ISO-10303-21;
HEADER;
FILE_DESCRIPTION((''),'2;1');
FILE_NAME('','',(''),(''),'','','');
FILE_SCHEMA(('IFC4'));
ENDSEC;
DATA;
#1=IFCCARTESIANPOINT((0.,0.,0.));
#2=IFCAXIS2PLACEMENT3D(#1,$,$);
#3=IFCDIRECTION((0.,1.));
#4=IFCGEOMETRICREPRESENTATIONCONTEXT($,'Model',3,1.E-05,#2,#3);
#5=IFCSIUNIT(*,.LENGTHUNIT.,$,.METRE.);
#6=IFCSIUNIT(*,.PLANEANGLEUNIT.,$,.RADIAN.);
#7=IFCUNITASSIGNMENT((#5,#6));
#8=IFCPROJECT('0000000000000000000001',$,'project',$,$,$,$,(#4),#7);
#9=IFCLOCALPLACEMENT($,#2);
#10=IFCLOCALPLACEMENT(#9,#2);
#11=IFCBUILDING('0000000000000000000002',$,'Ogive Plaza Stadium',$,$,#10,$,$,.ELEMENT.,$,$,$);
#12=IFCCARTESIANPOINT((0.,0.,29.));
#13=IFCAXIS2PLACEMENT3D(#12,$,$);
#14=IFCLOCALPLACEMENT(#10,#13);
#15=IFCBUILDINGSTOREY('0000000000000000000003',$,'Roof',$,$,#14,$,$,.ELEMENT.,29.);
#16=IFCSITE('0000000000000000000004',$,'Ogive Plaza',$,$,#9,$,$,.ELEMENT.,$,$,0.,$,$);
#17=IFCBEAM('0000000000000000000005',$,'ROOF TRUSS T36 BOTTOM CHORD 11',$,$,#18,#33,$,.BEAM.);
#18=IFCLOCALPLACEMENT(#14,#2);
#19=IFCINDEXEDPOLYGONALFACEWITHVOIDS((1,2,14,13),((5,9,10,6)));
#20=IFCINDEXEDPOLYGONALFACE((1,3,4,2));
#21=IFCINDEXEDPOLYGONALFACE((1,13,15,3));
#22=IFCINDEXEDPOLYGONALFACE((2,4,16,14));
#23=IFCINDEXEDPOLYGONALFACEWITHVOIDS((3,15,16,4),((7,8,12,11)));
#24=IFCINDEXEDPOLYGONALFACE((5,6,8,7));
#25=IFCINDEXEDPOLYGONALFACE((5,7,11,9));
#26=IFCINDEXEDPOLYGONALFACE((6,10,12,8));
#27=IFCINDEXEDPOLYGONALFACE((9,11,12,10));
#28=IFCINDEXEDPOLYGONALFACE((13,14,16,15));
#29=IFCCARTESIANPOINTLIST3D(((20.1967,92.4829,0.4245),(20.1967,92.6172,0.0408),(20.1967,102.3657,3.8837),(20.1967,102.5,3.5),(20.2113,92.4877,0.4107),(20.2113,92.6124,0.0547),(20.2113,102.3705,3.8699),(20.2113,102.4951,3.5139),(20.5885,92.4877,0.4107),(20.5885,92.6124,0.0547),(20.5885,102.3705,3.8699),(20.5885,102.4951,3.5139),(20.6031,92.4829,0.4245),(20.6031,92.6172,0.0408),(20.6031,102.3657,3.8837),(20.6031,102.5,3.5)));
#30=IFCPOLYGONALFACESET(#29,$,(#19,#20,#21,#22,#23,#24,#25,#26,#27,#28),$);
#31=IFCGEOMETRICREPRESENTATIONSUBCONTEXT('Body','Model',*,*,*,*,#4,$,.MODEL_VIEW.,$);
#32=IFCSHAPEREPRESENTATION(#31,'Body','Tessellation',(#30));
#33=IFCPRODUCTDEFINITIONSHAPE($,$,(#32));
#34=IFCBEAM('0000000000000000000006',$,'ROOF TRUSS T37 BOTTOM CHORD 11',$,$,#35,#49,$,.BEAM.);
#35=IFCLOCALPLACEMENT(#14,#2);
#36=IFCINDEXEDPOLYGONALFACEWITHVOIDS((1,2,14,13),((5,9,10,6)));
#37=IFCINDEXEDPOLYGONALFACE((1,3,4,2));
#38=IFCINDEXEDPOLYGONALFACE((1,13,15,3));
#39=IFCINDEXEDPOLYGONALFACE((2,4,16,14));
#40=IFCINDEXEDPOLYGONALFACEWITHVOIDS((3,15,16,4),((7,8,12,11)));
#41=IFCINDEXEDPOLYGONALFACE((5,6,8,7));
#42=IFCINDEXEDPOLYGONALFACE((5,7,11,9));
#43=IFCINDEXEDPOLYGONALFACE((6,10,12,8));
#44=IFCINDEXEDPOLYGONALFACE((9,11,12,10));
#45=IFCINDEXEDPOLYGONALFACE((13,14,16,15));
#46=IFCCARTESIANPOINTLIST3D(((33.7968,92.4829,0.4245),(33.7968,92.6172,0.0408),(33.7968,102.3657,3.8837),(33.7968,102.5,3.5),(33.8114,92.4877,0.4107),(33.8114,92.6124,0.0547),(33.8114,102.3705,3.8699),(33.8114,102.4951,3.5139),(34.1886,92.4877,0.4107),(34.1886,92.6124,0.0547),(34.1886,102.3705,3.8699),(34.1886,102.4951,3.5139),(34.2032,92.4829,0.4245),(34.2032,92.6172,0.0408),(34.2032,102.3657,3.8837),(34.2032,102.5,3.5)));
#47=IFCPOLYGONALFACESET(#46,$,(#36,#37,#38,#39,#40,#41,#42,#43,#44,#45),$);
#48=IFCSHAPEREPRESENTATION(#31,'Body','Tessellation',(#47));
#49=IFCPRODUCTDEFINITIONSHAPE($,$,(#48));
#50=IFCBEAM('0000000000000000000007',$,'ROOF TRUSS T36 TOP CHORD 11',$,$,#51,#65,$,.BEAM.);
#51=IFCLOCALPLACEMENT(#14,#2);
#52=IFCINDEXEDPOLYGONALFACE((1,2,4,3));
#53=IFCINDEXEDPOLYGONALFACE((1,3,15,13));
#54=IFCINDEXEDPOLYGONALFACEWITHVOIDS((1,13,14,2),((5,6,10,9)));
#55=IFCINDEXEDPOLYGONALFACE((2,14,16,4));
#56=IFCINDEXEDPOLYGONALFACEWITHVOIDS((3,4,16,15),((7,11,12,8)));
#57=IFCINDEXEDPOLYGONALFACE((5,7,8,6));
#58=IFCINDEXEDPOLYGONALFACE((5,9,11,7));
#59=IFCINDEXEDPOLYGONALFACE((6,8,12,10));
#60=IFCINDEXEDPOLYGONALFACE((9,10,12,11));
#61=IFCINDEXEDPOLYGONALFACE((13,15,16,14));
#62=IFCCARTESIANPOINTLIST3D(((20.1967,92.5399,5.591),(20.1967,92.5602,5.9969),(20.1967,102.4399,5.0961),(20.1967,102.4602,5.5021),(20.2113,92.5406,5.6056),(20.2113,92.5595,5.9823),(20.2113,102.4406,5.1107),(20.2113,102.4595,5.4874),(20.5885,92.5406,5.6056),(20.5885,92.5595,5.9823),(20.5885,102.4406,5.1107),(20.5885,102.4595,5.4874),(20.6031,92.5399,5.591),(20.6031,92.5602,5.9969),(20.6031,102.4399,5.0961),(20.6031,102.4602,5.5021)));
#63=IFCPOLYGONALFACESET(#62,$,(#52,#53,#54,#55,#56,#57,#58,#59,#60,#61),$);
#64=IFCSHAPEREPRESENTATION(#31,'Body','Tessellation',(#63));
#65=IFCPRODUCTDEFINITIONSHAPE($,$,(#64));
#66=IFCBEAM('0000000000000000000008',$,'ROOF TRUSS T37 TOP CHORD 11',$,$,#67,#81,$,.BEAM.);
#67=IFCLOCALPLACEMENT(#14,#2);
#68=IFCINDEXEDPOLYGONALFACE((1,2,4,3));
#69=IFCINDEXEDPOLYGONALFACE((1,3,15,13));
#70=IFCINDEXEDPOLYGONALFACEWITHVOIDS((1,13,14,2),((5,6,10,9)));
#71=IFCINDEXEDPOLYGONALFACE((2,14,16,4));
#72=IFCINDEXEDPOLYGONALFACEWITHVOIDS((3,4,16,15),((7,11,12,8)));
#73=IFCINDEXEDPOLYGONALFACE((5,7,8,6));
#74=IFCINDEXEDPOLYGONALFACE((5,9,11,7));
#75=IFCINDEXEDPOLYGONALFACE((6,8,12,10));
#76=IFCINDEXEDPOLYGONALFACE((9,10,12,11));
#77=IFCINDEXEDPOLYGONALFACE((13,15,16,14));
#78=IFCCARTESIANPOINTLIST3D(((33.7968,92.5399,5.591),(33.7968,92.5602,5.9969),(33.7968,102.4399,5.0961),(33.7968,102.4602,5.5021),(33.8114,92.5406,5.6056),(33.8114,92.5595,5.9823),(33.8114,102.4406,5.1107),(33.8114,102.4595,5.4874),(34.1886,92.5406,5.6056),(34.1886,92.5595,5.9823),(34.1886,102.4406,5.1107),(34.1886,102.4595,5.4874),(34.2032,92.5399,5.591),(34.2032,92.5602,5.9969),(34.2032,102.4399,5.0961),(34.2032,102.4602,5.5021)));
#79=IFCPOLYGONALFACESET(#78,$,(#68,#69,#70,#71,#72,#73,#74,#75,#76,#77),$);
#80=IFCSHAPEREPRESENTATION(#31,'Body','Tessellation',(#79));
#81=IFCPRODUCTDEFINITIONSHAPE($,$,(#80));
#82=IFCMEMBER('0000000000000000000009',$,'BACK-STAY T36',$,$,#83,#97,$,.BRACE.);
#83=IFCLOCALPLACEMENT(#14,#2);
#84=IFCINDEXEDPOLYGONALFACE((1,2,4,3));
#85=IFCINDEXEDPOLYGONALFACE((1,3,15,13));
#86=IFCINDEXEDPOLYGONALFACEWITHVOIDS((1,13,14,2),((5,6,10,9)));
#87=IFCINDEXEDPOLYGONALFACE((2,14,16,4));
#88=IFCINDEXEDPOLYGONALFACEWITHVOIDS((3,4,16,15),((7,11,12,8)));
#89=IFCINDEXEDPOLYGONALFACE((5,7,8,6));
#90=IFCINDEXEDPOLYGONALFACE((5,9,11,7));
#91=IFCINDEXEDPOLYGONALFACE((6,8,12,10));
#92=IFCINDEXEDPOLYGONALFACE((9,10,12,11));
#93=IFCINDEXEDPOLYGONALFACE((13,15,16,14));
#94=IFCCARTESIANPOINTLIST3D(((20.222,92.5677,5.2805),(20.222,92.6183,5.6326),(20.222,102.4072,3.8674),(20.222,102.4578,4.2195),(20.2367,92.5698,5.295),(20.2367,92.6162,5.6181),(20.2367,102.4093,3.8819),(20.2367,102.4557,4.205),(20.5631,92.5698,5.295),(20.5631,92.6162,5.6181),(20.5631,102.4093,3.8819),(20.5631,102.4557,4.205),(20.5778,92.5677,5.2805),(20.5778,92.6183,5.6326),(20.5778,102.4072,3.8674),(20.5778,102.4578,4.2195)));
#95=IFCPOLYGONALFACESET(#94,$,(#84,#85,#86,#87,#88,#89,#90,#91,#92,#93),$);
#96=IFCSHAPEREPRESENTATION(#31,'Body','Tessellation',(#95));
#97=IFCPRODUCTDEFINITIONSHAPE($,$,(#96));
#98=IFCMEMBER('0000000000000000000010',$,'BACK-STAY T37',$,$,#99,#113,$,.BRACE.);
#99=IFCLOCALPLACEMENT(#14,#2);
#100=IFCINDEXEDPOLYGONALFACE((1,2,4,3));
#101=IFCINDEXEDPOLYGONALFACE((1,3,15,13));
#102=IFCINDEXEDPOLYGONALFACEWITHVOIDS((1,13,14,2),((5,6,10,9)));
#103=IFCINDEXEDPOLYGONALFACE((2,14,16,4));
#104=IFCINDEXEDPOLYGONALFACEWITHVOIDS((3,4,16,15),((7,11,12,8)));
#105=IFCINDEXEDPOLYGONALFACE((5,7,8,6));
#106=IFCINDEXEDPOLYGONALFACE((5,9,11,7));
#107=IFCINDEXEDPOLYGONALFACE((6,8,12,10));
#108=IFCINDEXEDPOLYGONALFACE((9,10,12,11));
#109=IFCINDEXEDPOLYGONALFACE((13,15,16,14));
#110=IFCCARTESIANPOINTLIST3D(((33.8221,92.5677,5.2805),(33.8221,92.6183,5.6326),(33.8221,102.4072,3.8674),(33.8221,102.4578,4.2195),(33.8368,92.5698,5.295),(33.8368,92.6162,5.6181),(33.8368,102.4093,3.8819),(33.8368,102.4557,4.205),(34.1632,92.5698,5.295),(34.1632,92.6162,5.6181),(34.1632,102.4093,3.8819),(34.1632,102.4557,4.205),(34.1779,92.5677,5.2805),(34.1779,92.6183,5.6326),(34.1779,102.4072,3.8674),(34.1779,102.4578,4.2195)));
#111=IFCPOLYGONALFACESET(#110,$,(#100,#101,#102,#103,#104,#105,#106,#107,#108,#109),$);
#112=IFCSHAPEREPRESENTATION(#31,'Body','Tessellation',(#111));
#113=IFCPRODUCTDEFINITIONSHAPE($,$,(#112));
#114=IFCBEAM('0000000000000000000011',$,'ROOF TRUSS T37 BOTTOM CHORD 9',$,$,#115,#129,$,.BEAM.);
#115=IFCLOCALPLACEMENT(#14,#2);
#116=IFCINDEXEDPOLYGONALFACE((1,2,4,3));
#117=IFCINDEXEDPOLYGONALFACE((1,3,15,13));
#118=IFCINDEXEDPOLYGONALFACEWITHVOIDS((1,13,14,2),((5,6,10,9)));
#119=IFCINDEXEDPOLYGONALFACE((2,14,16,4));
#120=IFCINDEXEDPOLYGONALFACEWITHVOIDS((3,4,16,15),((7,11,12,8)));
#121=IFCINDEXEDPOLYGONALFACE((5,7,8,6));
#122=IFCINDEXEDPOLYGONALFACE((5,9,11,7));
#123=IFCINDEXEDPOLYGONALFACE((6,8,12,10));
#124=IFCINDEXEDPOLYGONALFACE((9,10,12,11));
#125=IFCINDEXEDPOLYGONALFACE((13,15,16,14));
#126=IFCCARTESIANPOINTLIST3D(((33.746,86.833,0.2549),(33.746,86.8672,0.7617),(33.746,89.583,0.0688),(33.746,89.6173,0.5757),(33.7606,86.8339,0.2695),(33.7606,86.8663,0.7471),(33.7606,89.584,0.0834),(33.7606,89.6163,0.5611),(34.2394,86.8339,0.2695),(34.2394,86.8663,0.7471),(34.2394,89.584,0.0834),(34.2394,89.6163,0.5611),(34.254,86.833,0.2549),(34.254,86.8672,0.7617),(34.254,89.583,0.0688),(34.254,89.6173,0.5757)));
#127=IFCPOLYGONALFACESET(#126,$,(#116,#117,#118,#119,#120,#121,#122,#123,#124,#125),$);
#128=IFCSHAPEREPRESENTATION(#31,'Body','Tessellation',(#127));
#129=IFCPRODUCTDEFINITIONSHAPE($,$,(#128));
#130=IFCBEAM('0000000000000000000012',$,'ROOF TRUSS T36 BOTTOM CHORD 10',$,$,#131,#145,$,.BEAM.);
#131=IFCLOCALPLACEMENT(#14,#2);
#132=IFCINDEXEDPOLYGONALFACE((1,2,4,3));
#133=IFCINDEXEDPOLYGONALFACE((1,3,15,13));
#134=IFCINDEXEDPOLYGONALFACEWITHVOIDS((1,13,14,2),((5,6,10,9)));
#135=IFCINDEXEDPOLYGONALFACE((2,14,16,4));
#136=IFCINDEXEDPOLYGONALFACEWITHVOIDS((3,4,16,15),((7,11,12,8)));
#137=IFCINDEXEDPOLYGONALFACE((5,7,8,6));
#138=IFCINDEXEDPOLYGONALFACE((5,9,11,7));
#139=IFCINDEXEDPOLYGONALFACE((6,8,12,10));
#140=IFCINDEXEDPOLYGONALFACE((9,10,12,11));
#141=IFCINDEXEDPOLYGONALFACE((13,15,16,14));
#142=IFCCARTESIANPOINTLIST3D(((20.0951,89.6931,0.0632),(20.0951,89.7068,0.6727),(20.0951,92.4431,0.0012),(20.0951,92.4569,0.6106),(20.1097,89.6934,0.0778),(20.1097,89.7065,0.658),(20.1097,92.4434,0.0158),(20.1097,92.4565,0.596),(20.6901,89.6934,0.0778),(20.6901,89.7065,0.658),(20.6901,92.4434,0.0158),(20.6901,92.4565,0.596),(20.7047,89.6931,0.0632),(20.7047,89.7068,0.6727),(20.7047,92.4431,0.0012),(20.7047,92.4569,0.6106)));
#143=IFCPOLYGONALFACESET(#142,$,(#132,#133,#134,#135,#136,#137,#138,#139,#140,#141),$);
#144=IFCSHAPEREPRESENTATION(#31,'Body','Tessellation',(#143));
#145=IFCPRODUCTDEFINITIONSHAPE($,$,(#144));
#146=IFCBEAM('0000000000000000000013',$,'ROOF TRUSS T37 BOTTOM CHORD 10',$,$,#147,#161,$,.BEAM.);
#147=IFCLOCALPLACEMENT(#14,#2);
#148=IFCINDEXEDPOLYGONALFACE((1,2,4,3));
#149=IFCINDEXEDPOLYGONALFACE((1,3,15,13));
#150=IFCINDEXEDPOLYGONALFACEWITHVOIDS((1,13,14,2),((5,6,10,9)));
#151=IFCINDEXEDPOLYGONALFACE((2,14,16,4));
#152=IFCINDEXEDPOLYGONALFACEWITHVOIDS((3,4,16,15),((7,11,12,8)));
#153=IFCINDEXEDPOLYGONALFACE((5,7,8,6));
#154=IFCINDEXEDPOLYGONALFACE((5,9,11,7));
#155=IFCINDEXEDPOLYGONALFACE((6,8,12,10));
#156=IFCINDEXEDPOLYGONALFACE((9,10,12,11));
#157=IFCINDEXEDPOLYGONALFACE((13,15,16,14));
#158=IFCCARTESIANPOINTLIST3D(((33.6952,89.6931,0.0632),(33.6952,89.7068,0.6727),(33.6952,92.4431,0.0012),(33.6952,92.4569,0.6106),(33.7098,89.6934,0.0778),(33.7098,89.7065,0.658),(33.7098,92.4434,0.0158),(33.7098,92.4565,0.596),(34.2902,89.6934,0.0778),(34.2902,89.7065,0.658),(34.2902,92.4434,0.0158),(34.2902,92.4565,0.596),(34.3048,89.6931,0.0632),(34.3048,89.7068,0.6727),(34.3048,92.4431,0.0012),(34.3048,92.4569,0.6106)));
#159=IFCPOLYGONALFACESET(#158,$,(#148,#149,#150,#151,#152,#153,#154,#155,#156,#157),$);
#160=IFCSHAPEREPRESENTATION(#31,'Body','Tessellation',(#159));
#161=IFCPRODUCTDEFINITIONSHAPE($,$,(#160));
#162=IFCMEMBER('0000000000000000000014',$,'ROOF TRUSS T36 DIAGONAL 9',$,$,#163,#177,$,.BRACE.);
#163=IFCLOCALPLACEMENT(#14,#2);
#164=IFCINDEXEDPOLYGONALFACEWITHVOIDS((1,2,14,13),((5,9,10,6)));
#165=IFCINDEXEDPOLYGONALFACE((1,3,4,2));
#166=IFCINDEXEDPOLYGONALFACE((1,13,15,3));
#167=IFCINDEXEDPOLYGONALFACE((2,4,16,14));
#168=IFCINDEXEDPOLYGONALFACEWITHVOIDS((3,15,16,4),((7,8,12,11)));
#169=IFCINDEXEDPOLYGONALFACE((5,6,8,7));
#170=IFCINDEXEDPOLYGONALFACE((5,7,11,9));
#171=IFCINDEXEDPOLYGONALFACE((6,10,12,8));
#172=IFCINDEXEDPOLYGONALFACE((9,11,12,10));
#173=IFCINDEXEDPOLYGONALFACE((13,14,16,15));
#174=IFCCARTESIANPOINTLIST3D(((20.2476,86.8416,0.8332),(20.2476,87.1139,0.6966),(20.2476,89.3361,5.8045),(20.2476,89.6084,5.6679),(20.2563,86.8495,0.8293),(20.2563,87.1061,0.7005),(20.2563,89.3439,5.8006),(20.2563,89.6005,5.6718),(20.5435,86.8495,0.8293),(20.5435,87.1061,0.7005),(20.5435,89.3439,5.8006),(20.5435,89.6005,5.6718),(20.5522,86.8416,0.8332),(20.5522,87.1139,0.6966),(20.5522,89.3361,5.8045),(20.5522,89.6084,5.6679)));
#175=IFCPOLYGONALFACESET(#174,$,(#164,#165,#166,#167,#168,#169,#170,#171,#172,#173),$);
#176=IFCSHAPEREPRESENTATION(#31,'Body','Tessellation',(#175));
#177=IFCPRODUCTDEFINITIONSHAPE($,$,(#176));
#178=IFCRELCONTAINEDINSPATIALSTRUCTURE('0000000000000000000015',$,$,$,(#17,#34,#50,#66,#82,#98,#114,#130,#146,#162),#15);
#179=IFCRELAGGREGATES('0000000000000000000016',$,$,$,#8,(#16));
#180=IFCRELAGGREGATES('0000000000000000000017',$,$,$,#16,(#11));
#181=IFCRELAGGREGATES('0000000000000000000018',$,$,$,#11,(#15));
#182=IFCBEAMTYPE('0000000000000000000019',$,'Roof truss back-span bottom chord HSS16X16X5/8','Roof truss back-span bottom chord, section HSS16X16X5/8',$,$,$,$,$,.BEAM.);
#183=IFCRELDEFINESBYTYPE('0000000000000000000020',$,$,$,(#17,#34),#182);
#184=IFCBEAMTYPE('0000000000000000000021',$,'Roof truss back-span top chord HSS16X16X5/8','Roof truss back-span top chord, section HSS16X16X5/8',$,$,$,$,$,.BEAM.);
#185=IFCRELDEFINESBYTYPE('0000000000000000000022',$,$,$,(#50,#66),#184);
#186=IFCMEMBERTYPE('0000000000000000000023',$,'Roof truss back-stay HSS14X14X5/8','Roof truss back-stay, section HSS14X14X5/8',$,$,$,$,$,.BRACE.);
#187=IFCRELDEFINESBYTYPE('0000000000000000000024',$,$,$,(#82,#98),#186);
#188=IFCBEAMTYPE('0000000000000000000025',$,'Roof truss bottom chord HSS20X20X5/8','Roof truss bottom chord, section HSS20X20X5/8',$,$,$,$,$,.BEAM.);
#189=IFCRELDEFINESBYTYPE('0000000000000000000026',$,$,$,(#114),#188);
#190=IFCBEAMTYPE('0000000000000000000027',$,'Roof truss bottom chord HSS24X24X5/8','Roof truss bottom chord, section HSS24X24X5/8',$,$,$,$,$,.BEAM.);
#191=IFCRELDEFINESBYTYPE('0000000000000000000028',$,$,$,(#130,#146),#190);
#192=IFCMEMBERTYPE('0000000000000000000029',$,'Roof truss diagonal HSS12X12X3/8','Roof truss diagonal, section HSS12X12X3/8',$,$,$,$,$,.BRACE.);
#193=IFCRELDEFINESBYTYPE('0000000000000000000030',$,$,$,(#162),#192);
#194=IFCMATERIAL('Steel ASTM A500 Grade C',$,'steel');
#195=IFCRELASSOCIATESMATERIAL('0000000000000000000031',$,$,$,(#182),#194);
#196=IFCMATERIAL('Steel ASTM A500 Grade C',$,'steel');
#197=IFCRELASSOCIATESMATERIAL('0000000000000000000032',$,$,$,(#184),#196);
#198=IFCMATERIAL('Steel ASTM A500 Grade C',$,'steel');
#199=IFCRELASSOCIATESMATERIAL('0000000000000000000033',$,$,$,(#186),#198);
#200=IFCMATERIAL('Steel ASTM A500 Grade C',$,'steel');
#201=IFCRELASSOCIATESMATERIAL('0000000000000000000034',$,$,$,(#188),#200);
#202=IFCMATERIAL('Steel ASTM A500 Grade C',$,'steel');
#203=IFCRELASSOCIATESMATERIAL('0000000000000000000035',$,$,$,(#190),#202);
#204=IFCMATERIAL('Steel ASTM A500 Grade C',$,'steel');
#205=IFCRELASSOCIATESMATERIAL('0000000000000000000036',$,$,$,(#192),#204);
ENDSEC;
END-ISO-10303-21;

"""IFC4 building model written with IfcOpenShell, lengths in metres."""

from ifc_helpers import new_model, si_unit, direction, frame, origin, origin_2d, place, context, subcontext, project, spatial, hollow_rectangle, extrude, material, material_profile, profile_set, type_object, element, save


model = new_model("IFC4")

# Units and contexts
model_context = context("Model", 3, precision=1e-05, world=origin(), true_north=direction((0.0, 1.0)))
body_context = subcontext(model_context, "Body", "Model", "MODEL_VIEW")
ifc_project = project(units=[si_unit("LENGTHUNIT", "METRE"), si_unit("PLANEANGLEUNIT", "RADIAN")], contexts=[model_context])

# Site, building, storey
site_placement = place(None, origin())
site = spatial("IfcSite", under=ifc_project, at=site_placement, Name="Ogive Plaza", CompositionType="ELEMENT", RefElevation=0.0)
building_placement = place(site_placement, origin())
building = spatial("IfcBuilding", under=site, at=building_placement, Name="Ogive Plaza Stadium", CompositionType="ELEMENT")
storey_placement = place(building_placement, frame((0.0, 0.0, 29.0)))
storey = spatial("IfcBuildingStorey", under=building, at=storey_placement, Name="Roof", CompositionType="ELEMENT", Elevation=29.0)

# Beams
ifc_material_1 = material(Name="Steel ASTM A500 Grade C", Category="steel")
ifc_material_profile_1 = material_profile(ifc_material_1, hollow_rectangle(XDim=0.4065, YDim=0.4065, WallThickness=0.0146, at=origin_2d()), Name="HSS16X16X5/8")
ifc_profile_set_1 = profile_set([ifc_material_profile_1], Name="Steel ASTM A500 Grade C")
beam_type_1 = type_object("IfcBeamType", Name="Roof truss back-span bottom chord HSS16X16X5/8", Description="Roof truss back-span bottom chord, section HSS16X16X5/8", PredefinedType="BEAM", material=ifc_profile_set_1)
for number, where, z_axis, x_axis, name in (
    (1, (20.3999, 92.55, 0.2327), (0.0, 0.943851, 0.330371), (-1.0, 0.0, 0.0), "ROOF TRUSS T36 BOTTOM CHORD 11"),
    (2, (34.0, 92.55, 0.2327), (0.0, 0.943851, 0.330371), (-1.0, 0.0, 0.0), "ROOF TRUSS T37 BOTTOM CHORD 11"),
):
    element("IfcBeam", number, at=place(storey_placement, frame(where, z_axis=z_axis, x_axis=x_axis)), inside=storey, type_object=beam_type_1, Name=name, PredefinedType="BEAM", context=body_context, shape_type="SweptSolid", body=[
        extrude(hollow_rectangle(XDim=0.4065, YDim=0.4065, WallThickness=0.0146, at=origin_2d()), origin(), (0.0, 0.0, 1.0), 10.4707),
    ])
ifc_material_2 = material(Name="Steel ASTM A500 Grade C", Category="steel")
ifc_material_profile_2 = material_profile(ifc_material_2, hollow_rectangle(XDim=0.4065, YDim=0.4065, WallThickness=0.0146, at=origin_2d()), Name="HSS16X16X5/8")
ifc_profile_set_2 = profile_set([ifc_material_profile_2], Name="Steel ASTM A500 Grade C")
beam_type_2 = type_object("IfcBeamType", Name="Roof truss back-span top chord HSS16X16X5/8", Description="Roof truss back-span top chord, section HSS16X16X5/8", PredefinedType="BEAM", material=ifc_profile_set_2)
for number, where, z_axis, x_axis, name in (
    (3, (20.3999, 92.55, 5.7939), (0.0, 0.998753, -0.049925), (-1.0, 0.0, 0.0), "ROOF TRUSS T36 TOP CHORD 11"),
    (4, (34.0, 92.55, 5.7939), (0.0, 0.998753, -0.049925), (-1.0, 0.0, 0.0), "ROOF TRUSS T37 TOP CHORD 11"),
):
    element("IfcBeam", number, at=place(storey_placement, frame(where, z_axis=z_axis, x_axis=x_axis)), inside=storey, type_object=beam_type_2, Name=name, PredefinedType="BEAM", context=body_context, shape_type="SweptSolid", body=[
        extrude(hollow_rectangle(XDim=0.4065, YDim=0.4065, WallThickness=0.0146, at=origin_2d()), origin(), (0.0, 0.0, 1.0), 9.9124),
    ])

# Members
ifc_material_3 = material(Name="Steel ASTM A500 Grade C", Category="steel")
ifc_material_profile_3 = material_profile(ifc_material_3, hollow_rectangle(XDim=0.3557, YDim=0.3557, WallThickness=0.0146, at=origin_2d()), Name="HSS14X14X5/8")
ifc_profile_set_3 = profile_set([ifc_material_profile_3], Name="Steel ASTM A500 Grade C")
member_type_1 = type_object("IfcMemberType", Name="Roof truss back-stay HSS14X14X5/8", Description="Roof truss back-stay, section HSS14X14X5/8", PredefinedType="BRACE", material=ifc_profile_set_3)
for number, where, z_axis, x_axis, name in (
    (5, (20.3999, 92.593, 5.4565), (0.0, 0.989844, -0.142157), (-1.0, 0.0, 0.0), "BACK-STAY T36"),
    (6, (34.0, 92.593, 5.4565), (0.0, 0.989844, -0.142157), (-1.0, 0.0, 0.0), "BACK-STAY T37"),
):
    element("IfcMember", number, at=place(storey_placement, frame(where, z_axis=z_axis, x_axis=x_axis)), inside=storey, type_object=member_type_1, Name=name, PredefinedType="BRACE", context=body_context, shape_type="SweptSolid", body=[
        extrude(hollow_rectangle(XDim=0.3557, YDim=0.3557, WallThickness=0.0146, at=origin_2d()), origin(), (0.0, 0.0, 1.0), 9.9404),
    ])

# Beams
ifc_material_4 = material(Name="Steel ASTM A500 Grade C", Category="steel")
ifc_material_profile_4 = material_profile(ifc_material_4, hollow_rectangle(XDim=0.5081, YDim=0.5081, WallThickness=0.0146, at=origin_2d()), Name="HSS20X20X5/8")
ifc_profile_set_4 = profile_set([ifc_material_profile_4], Name="Steel ASTM A500 Grade C")
beam_type_3 = type_object("IfcBeamType", Name="Roof truss bottom chord HSS20X20X5/8", Description="Roof truss bottom chord, section HSS20X20X5/8", PredefinedType="BEAM", material=ifc_profile_set_4)
beam_1_placement = place(storey_placement, frame((34.0, 86.8501, 0.5083), z_axis=(0.0, 0.99772, -0.067495), x_axis=(-1.0, 0.0, 0.0)))
element("IfcBeam", 7, at=beam_1_placement, inside=storey, type_object=beam_type_3, Name="ROOF TRUSS T37 BOTTOM CHORD 9", PredefinedType="BEAM", context=body_context, shape_type="SweptSolid", body=[
    extrude(hollow_rectangle(XDim=0.5081, YDim=0.5081, WallThickness=0.0146, at=origin_2d()), origin(), (0.0, 0.0, 1.0), 2.7563),
])
ifc_material_5 = material(Name="Steel ASTM A500 Grade C", Category="steel")
ifc_material_profile_5 = material_profile(ifc_material_5, hollow_rectangle(XDim=0.6096, YDim=0.6096, WallThickness=0.0146, at=origin_2d()), Name="HSS24X24X5/8")
ifc_profile_set_5 = profile_set([ifc_material_profile_5], Name="Steel ASTM A500 Grade C")
beam_type_4 = type_object("IfcBeamType", Name="Roof truss bottom chord HSS24X24X5/8", Description="Roof truss bottom chord, section HSS24X24X5/8", PredefinedType="BEAM", material=ifc_profile_set_5)
for number, where, z_axis, x_axis, name in (
    (8, (20.3999, 89.7, 0.3679), (0.0, 0.999746, -0.022544), (-1.0, 0.0, 0.0), "ROOF TRUSS T36 BOTTOM CHORD 10"),
    (9, (34.0, 89.7, 0.3679), (0.0, 0.999746, -0.022544), (-1.0, 0.0, 0.0), "ROOF TRUSS T37 BOTTOM CHORD 10"),
):
    element("IfcBeam", number, at=place(storey_placement, frame(where, z_axis=z_axis, x_axis=x_axis)), inside=storey, type_object=beam_type_4, Name=name, PredefinedType="BEAM", context=body_context, shape_type="SweptSolid", body=[
        extrude(hollow_rectangle(XDim=0.6096, YDim=0.6096, WallThickness=0.0146, at=origin_2d()), origin(), (0.0, 0.0, 1.0), 2.7507),
    ])

# Member
ifc_material_6 = material(Name="Steel ASTM A500 Grade C", Category="steel")
ifc_material_profile_6 = material_profile(ifc_material_6, hollow_rectangle(XDim=0.3047, YDim=0.3047, WallThickness=0.0088, at=origin_2d()), Name="HSS12X12X3/8")
ifc_profile_set_6 = profile_set([ifc_material_profile_6], Name="Steel ASTM A500 Grade C")
member_type_2 = type_object("IfcMemberType", Name="Roof truss diagonal HSS12X12X3/8", Description="Roof truss diagonal, section HSS12X12X3/8", PredefinedType="BRACE", material=ifc_profile_set_6)
member_1_placement = place(storey_placement, frame((20.3999, 86.9778, 0.7649), z_axis=(0.0, 0.448477, 0.893794), x_axis=(-1.0, 0.0, 0.0)))
element("IfcMember", 10, at=member_1_placement, inside=storey, type_object=member_type_2, Name="ROOF TRUSS T36 DIAGONAL 9", PredefinedType="BRACE", context=body_context, shape_type="SweptSolid", body=[
    extrude(hollow_rectangle(XDim=0.3047, YDim=0.3047, WallThickness=0.0088, at=origin_2d()), origin(), (0.0, 0.0, 1.0), 5.562),
])

save(model, "model.ifc")
